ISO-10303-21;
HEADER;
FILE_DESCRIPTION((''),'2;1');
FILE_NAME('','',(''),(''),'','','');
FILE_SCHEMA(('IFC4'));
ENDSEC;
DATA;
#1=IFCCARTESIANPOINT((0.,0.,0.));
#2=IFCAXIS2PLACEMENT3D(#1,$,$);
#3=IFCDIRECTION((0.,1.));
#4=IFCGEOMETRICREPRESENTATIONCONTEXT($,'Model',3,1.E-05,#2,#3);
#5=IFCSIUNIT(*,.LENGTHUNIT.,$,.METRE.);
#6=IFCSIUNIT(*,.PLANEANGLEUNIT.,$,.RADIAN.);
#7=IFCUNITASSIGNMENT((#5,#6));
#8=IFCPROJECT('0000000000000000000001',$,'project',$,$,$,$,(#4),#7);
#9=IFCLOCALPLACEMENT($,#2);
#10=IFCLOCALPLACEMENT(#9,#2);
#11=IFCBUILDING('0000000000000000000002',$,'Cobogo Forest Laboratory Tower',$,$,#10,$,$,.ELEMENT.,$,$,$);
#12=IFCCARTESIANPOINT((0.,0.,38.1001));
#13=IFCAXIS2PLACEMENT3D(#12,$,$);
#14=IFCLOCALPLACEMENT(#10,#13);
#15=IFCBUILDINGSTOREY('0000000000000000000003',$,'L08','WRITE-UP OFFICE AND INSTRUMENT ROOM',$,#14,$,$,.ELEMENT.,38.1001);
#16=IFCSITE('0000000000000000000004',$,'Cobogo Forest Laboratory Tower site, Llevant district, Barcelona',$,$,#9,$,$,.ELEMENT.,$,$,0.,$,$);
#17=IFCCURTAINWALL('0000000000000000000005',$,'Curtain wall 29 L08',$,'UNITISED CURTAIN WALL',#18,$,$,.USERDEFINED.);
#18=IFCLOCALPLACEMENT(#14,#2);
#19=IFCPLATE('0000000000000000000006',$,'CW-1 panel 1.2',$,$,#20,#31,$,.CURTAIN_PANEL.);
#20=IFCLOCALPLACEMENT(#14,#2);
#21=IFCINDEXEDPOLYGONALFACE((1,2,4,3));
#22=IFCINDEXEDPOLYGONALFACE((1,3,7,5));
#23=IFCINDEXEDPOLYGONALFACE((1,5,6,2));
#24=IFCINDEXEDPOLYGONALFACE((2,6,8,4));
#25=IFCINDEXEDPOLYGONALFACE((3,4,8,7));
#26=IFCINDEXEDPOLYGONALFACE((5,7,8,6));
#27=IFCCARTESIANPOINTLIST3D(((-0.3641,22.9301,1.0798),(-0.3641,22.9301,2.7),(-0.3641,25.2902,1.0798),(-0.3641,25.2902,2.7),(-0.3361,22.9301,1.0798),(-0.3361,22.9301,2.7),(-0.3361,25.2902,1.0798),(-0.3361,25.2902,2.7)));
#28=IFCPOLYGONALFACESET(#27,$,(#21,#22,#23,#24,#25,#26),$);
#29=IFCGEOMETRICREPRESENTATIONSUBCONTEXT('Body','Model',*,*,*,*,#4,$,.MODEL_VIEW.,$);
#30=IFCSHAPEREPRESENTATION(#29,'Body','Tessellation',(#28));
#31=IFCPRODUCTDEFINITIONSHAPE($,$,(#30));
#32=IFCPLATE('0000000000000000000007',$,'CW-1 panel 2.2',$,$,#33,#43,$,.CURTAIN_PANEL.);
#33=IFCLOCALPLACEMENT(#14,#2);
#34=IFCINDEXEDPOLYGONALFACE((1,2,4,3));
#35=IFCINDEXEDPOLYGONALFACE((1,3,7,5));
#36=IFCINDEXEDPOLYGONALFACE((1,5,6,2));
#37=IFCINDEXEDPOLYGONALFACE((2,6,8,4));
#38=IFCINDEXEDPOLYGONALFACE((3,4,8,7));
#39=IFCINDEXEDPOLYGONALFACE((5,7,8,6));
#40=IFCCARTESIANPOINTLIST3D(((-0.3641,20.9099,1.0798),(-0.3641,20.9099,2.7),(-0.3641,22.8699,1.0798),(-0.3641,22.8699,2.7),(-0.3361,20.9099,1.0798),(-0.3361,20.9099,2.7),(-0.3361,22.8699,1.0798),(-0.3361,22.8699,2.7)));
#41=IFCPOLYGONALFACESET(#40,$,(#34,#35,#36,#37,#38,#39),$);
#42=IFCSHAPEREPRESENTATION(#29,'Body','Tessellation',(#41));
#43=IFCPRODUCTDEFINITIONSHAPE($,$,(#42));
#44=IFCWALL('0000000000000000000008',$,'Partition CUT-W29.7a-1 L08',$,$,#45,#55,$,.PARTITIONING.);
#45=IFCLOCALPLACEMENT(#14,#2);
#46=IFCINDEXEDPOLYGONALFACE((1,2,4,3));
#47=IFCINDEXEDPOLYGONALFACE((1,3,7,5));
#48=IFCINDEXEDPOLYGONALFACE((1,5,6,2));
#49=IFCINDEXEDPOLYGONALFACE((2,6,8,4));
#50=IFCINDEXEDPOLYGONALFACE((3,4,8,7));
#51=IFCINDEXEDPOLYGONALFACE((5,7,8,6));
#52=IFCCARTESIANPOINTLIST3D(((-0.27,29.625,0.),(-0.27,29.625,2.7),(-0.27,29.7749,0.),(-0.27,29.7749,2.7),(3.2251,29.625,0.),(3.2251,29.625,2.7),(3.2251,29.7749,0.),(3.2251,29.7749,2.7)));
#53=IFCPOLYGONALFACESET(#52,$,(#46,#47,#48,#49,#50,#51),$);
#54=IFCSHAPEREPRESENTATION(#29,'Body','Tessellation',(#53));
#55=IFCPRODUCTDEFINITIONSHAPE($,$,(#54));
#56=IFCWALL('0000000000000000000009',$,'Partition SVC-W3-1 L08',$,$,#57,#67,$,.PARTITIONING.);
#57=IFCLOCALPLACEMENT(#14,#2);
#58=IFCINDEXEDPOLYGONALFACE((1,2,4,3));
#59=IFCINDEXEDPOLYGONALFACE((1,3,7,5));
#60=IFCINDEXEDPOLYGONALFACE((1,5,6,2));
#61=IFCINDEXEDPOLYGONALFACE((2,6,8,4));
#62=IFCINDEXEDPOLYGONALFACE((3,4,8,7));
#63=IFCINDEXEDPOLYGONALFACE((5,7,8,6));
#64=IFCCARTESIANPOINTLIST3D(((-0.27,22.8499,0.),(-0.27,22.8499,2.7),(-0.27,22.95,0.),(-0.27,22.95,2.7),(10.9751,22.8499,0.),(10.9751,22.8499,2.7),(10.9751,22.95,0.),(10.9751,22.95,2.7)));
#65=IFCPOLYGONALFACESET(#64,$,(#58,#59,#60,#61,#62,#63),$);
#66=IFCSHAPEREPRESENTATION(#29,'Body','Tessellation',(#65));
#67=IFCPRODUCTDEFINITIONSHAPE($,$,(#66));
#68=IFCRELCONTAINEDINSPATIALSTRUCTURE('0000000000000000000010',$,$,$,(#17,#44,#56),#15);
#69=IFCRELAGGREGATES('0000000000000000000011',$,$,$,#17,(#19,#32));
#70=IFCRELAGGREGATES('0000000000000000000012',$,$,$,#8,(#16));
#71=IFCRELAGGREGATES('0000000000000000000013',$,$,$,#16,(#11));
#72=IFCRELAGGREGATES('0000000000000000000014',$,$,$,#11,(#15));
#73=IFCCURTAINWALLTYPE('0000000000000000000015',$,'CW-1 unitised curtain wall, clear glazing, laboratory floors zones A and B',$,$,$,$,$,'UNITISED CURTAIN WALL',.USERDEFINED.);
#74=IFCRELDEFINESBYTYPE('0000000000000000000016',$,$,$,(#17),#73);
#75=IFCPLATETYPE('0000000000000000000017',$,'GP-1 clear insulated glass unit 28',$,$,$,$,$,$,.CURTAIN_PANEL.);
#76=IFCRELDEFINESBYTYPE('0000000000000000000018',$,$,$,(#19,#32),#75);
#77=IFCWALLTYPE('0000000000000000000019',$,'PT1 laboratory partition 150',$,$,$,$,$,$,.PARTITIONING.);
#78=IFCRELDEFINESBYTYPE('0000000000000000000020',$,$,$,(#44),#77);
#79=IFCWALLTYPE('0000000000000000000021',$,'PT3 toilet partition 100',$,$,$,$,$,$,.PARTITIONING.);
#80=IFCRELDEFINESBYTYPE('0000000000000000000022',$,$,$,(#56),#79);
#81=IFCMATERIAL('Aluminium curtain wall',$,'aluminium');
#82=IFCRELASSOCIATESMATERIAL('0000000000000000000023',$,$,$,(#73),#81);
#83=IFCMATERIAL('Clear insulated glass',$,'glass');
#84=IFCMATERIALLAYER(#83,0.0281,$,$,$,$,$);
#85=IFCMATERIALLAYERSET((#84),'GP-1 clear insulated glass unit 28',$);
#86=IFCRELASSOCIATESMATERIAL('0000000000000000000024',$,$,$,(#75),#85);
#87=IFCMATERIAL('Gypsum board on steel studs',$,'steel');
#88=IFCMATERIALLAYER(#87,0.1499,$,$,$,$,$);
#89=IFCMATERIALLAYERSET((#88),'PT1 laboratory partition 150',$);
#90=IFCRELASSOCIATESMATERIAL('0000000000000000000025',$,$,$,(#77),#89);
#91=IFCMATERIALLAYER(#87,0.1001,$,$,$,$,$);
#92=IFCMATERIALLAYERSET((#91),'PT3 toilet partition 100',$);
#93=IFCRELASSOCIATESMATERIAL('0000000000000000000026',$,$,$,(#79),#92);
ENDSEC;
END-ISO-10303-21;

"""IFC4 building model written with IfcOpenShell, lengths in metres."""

from ifc_helpers import new_model, si_unit, direction, frame, frame_2d, origin, origin_2d, place, context, subcontext, project, spatial, rectangle, extrude, material, layer, layer_set, type_object, element, aggregate, save


model = new_model("IFC4")

# Units and contexts
model_context = context("Model", 3, precision=1e-05, world=origin(), true_north=direction((0.0, 1.0)))
body_context = subcontext(model_context, "Body", "Model", "MODEL_VIEW")
ifc_project = project(units=[si_unit("LENGTHUNIT", "METRE"), si_unit("PLANEANGLEUNIT", "RADIAN")], contexts=[model_context])

# Site, building, storey
site_placement = place(None, origin())
site = spatial("IfcSite", under=ifc_project, at=site_placement, Name="Cobogo Forest Laboratory Tower site, Llevant district, Barcelona", CompositionType="ELEMENT", RefElevation=0.0)
building_placement = place(site_placement, origin())
building = spatial("IfcBuilding", under=site, at=building_placement, Name="Cobogo Forest Laboratory Tower", CompositionType="ELEMENT")
storey_placement = place(building_placement, frame((0.0, 0.0, 38.1001)))
storey = spatial("IfcBuildingStorey", under=building, at=storey_placement, Name="L08", Description="WRITE-UP OFFICE AND INSTRUMENT ROOM", CompositionType="ELEMENT", Elevation=38.1001)

# Curtain wall
ifc_material_1 = material(Name="Aluminium curtain wall", Category="aluminium")
curtain_wall_type = type_object("IfcCurtainWallType", Name="CW-1 unitised curtain wall, clear glazing, laboratory floors zones A and B", ElementType="UNITISED CURTAIN WALL", PredefinedType="USERDEFINED", material=ifc_material_1)
curtain_wall_1_placement = place(storey_placement, origin())
curtain_wall_1 = element("IfcCurtainWall", 1, at=curtain_wall_1_placement, inside=storey, type_object=curtain_wall_type, Name="Curtain wall 29 L08", ObjectType="UNITISED CURTAIN WALL", PredefinedType="USERDEFINED")

# Plates
ifc_material_2 = material(Name="Clear insulated glass", Category="glass")
ifc_layer_1 = layer(ifc_material_2, 0.0281)
ifc_layer_set_1 = layer_set([ifc_layer_1], Name="GP-1 clear insulated glass unit 28")
plate_type_1 = type_object("IfcPlateType", Name="GP-1 clear insulated glass unit 28", PredefinedType="CURTAIN_PANEL", material=ifc_layer_set_1)
plate_1_placement = place(storey_placement, frame((-0.3501, 24.1101, 1.0798), z_axis=(0.0, 0.0, 1.0), x_axis=(0.0, -1.0, 0.0)))
plate_1 = element("IfcPlate", 2, at=plate_1_placement, type_object=plate_type_1, Name="CW-1 panel 1.2", PredefinedType="CURTAIN_PANEL", context=body_context, shape_type="SweptSolid", body=[
    extrude(rectangle(XDim=2.3601, YDim=0.0281, at=origin_2d()), origin(), (0.0, 0.0, 1.0), 1.6201),
])
plate_2_placement = place(storey_placement, frame((-0.3501, 21.8899, 1.0798), z_axis=(0.0, 0.0, 1.0), x_axis=(0.0, -1.0, 0.0)))
plate_2 = element("IfcPlate", 3, at=plate_2_placement, type_object=plate_type_1, Name="CW-1 panel 2.2", PredefinedType="CURTAIN_PANEL", context=body_context, shape_type="SweptSolid", body=[
    extrude(rectangle(XDim=1.96, YDim=0.0281, at=origin_2d()), origin(), (0.0, 0.0, 1.0), 1.6201),
])
aggregate(curtain_wall_1, [plate_1, plate_2])

# Walls
ifc_material_3 = material(Name="Gypsum board on steel studs", Category="steel")
ifc_layer_2 = layer(ifc_material_3, 0.1499)
ifc_layer_set_2 = layer_set([ifc_layer_2], Name="PT1 laboratory partition 150")
wall_type_1 = type_object("IfcWallType", Name="PT1 laboratory partition 150", PredefinedType="PARTITIONING", material=ifc_layer_set_2)
wall_1_placement = place(storey_placement, frame((-0.27, 29.7, 0.0), z_axis=(0.0, 0.0, 1.0), x_axis=(1.0, 0.0, 0.0)))
element("IfcWall", 4, at=wall_1_placement, inside=storey, type_object=wall_type_1, Name="Partition CUT-W29.7a-1 L08", PredefinedType="PARTITIONING", context=body_context, shape_type="SweptSolid", body=[
    extrude(rectangle(XDim=3.4951, YDim=0.1499, at=frame_2d((1.7476, 0.0))), origin(), (0.0, 0.0, 1.0), 2.7),
])
ifc_layer_3 = layer(ifc_material_3, 0.1001)
ifc_layer_set_3 = layer_set([ifc_layer_3], Name="PT3 toilet partition 100")
wall_type_2 = type_object("IfcWallType", Name="PT3 toilet partition 100", PredefinedType="PARTITIONING", material=ifc_layer_set_3)
wall_2_placement = place(storey_placement, frame((-0.27, 22.8999, 0.0), z_axis=(0.0, 0.0, 1.0), x_axis=(1.0, 0.0, 0.0)))
element("IfcWall", 5, at=wall_2_placement, inside=storey, type_object=wall_type_2, Name="Partition SVC-W3-1 L08", PredefinedType="PARTITIONING", context=body_context, shape_type="SweptSolid", body=[
    extrude(rectangle(XDim=11.2451, YDim=0.1001, at=frame_2d((5.6226, 0.0))), origin(), (0.0, 0.0, 1.0), 2.7),
])

save(model, "model.ifc")
